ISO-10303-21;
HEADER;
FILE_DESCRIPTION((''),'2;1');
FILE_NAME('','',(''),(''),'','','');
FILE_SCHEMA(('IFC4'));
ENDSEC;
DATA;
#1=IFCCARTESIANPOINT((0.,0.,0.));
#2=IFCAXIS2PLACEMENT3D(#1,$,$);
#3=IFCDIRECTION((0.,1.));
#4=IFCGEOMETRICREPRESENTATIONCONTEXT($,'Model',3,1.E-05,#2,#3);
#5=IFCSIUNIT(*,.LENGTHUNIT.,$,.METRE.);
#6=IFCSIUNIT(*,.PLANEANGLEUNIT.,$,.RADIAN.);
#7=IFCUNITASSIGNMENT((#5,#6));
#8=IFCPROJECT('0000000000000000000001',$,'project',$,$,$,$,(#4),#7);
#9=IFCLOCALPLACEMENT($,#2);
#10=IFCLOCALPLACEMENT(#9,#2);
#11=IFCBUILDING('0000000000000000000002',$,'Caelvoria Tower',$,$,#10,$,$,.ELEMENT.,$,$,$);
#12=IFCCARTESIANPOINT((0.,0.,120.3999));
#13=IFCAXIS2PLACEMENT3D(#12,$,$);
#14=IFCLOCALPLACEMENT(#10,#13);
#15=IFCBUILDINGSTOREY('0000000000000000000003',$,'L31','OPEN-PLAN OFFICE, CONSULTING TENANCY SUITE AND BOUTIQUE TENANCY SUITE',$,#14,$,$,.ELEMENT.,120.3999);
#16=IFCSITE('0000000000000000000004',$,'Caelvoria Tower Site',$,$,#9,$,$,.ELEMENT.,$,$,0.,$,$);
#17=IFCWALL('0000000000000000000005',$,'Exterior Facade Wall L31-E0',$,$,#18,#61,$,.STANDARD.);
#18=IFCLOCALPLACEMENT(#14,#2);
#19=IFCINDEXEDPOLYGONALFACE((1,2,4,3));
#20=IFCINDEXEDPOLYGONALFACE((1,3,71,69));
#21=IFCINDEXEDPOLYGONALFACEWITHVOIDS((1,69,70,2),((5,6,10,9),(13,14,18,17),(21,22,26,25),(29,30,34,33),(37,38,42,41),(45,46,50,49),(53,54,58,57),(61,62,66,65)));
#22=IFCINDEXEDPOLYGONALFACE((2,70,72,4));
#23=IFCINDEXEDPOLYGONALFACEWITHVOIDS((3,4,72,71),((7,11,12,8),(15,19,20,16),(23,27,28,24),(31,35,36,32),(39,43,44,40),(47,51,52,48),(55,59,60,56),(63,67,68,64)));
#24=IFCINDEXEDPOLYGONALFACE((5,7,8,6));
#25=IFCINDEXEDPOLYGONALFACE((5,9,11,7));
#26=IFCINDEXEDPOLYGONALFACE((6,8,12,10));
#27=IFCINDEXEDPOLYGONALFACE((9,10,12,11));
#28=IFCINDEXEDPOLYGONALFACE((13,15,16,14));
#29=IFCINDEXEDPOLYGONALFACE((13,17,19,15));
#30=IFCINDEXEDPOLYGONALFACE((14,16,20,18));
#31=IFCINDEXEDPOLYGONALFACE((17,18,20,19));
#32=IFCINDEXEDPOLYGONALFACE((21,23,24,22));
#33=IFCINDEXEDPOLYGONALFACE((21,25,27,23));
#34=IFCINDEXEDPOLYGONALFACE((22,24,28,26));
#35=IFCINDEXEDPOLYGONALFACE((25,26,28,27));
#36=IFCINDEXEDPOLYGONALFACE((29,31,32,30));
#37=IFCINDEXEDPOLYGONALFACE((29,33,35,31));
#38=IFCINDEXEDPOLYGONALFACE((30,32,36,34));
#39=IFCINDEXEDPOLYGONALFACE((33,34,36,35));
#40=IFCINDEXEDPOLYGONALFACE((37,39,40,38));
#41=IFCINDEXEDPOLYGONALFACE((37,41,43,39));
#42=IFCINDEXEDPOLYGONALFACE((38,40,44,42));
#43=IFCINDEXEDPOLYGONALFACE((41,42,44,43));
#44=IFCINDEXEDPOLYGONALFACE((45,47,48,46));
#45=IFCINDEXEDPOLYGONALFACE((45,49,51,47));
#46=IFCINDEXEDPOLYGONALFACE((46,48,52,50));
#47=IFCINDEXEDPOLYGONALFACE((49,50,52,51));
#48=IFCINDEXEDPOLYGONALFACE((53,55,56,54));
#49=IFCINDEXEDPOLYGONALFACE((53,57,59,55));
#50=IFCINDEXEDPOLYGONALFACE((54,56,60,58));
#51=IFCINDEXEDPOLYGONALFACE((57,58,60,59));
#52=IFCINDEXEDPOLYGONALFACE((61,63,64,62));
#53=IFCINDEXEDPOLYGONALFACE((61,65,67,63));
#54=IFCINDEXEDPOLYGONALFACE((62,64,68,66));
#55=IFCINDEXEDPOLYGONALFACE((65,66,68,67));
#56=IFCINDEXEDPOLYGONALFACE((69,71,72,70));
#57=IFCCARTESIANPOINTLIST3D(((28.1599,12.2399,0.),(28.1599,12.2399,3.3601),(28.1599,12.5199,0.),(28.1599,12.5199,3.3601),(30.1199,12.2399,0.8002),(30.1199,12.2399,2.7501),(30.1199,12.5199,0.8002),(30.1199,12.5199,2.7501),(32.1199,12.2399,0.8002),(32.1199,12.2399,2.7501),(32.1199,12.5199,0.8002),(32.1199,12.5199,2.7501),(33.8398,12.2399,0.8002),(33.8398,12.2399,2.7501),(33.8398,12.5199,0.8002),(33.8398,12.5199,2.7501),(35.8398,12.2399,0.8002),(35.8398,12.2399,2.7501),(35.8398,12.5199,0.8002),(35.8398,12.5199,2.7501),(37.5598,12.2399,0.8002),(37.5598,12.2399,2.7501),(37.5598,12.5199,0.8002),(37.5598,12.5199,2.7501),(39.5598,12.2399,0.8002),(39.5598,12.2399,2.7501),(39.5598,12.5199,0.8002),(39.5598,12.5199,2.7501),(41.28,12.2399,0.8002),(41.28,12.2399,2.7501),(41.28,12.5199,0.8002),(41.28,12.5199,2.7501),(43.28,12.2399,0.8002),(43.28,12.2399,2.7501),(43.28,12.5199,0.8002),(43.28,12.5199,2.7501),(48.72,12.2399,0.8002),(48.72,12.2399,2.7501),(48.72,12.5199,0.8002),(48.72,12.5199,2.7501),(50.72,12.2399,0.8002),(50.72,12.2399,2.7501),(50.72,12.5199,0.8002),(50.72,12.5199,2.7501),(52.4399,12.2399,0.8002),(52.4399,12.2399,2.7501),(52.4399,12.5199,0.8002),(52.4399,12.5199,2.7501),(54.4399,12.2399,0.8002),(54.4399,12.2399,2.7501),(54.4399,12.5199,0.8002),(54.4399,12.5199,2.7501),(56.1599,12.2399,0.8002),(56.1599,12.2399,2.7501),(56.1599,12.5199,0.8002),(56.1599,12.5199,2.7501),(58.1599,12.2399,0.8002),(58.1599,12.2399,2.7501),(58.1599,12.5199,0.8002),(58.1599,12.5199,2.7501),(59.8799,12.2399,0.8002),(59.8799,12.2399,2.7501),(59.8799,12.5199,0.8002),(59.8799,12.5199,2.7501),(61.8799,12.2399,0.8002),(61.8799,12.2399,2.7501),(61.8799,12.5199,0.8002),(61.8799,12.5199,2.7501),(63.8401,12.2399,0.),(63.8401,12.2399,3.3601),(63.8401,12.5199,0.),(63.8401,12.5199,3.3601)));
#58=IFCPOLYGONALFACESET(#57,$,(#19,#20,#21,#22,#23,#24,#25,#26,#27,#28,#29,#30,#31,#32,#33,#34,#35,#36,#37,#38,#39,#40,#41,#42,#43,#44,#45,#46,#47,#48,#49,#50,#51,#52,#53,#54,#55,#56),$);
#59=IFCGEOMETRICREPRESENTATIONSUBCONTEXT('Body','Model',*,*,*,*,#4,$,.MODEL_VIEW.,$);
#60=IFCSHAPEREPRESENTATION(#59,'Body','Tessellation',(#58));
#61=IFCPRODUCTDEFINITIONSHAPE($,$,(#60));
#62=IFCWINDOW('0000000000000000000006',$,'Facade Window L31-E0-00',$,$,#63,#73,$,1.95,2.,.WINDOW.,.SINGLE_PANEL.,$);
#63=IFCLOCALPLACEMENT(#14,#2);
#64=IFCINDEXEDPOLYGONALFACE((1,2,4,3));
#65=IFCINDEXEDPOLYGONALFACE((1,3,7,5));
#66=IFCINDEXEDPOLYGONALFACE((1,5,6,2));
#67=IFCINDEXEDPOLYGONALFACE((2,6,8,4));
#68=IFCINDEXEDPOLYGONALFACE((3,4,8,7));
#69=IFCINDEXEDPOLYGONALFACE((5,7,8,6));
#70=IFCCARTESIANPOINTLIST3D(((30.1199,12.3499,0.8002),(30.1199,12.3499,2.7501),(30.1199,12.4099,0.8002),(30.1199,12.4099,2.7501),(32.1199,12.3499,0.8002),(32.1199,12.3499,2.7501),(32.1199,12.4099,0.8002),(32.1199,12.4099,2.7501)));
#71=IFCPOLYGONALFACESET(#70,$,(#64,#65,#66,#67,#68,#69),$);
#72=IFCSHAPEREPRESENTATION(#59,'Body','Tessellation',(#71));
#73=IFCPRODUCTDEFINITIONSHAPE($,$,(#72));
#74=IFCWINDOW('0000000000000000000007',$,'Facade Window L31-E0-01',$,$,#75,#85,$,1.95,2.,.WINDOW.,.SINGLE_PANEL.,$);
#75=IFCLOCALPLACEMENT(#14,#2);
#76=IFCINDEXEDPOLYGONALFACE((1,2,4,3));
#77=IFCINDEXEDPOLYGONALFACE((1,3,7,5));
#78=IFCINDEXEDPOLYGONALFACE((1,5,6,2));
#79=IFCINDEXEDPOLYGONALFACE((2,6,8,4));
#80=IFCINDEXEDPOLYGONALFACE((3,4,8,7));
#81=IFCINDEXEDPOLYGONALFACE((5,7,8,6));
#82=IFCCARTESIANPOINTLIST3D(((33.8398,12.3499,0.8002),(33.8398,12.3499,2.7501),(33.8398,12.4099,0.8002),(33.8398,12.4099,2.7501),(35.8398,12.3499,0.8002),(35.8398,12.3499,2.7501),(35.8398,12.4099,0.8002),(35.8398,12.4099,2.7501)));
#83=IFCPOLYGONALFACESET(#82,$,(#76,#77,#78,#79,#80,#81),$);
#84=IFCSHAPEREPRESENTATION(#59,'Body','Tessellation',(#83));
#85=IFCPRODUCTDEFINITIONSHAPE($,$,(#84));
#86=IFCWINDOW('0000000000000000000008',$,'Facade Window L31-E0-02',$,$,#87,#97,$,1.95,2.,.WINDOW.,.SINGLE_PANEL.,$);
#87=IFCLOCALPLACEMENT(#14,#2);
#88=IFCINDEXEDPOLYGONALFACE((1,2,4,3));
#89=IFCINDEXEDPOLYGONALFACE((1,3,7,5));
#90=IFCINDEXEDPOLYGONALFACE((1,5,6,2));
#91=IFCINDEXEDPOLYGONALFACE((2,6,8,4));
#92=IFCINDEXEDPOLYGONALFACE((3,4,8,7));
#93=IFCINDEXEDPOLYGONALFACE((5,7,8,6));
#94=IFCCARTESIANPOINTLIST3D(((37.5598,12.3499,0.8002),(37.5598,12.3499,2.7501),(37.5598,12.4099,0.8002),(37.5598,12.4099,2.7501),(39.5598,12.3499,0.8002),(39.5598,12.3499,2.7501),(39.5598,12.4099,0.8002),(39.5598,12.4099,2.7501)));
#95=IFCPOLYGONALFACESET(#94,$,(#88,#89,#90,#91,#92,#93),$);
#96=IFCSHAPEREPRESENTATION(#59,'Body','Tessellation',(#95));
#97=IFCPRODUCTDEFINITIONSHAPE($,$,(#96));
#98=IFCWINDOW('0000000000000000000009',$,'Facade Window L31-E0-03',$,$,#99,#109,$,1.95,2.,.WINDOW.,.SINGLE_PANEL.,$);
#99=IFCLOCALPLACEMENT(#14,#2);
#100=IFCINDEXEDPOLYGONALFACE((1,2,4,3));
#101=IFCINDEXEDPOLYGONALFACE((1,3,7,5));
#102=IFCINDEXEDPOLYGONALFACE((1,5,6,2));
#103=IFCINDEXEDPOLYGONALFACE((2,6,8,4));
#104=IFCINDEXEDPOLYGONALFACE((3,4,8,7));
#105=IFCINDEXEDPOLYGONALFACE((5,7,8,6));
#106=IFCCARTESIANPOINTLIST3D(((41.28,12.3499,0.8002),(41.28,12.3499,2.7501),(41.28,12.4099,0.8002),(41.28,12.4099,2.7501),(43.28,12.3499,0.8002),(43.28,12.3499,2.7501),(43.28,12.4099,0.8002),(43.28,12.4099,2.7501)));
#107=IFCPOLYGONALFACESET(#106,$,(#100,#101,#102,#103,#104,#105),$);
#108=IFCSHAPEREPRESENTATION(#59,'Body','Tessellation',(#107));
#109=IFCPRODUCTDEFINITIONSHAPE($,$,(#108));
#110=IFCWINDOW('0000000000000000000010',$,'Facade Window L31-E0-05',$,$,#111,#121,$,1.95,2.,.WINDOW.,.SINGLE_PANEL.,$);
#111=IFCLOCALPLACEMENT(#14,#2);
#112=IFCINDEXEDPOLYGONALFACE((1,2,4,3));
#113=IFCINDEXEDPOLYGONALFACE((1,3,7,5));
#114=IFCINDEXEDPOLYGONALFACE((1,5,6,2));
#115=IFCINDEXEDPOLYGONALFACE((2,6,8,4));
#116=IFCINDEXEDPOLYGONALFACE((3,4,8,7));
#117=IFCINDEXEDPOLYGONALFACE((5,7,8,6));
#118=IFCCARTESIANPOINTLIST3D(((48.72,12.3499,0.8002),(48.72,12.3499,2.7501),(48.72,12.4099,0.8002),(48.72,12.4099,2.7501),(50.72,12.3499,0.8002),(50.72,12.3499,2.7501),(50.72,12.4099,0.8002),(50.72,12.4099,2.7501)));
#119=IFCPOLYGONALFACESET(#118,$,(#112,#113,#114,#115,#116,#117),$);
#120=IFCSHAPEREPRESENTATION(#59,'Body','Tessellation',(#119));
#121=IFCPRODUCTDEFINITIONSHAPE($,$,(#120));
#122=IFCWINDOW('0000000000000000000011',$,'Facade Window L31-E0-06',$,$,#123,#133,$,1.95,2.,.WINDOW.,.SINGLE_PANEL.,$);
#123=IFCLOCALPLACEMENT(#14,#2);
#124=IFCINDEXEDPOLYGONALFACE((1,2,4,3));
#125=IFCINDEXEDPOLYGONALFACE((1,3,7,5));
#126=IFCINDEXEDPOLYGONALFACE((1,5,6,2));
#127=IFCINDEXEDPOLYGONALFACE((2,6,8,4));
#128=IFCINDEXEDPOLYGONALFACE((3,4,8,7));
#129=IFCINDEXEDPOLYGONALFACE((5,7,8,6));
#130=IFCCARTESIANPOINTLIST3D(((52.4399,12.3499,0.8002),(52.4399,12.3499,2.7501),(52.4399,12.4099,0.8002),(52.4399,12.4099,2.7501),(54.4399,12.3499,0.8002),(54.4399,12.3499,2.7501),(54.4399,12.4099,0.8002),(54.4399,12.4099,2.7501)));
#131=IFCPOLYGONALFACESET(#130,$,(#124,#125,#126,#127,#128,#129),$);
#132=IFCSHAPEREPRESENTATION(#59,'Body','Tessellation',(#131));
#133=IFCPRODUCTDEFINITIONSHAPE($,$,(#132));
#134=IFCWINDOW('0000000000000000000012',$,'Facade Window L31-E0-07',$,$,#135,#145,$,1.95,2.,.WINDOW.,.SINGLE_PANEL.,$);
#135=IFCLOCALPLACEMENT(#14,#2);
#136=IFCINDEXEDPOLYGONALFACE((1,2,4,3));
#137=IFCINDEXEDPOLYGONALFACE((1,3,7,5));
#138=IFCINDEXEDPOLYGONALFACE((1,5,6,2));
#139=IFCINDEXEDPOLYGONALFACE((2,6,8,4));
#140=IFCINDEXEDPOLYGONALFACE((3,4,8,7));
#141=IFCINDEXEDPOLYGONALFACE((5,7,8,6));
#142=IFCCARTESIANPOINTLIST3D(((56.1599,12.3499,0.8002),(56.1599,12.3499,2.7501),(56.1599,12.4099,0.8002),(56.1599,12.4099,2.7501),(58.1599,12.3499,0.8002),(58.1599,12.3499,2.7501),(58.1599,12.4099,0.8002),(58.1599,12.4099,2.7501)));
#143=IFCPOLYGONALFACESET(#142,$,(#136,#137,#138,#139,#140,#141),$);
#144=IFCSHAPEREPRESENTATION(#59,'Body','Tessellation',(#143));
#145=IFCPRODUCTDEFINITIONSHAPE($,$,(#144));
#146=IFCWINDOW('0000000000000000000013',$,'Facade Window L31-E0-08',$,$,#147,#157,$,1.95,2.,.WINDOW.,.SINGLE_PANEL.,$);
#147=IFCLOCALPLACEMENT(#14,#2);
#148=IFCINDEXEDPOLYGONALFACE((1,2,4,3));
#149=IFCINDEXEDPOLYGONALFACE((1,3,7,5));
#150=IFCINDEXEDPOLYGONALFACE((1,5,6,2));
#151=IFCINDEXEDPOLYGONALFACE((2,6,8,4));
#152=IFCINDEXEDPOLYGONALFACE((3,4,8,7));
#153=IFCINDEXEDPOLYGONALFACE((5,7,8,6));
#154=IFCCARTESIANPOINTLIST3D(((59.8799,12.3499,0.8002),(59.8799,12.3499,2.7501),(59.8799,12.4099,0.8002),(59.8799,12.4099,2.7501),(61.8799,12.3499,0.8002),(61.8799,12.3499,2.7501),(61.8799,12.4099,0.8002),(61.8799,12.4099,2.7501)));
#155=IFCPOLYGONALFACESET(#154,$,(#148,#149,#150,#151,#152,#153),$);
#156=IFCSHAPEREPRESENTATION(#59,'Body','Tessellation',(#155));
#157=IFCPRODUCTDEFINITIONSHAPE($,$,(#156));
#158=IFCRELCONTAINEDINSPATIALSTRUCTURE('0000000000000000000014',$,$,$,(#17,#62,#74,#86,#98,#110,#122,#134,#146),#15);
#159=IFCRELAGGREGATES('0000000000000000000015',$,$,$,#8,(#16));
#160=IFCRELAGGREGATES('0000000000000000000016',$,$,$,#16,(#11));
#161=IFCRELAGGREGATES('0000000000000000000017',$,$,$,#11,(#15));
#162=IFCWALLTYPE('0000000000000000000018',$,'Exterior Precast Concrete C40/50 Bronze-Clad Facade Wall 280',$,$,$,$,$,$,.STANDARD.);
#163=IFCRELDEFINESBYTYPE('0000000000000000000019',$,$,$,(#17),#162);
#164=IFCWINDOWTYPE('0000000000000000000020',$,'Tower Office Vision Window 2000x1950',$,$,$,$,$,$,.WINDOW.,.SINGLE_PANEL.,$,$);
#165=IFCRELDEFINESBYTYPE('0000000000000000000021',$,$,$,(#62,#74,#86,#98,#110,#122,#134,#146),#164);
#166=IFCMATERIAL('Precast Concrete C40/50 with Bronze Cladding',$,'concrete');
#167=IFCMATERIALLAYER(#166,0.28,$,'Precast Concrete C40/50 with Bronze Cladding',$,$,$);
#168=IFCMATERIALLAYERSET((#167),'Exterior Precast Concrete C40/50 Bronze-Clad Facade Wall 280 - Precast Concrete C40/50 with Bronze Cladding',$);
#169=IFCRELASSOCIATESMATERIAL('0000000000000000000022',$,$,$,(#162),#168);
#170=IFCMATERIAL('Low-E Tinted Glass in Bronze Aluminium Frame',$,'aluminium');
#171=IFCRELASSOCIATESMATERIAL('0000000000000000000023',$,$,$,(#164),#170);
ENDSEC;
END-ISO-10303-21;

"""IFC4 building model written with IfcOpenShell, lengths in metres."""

from ifc_helpers import new_model, si_unit, direction, frame, frame_2d, origin, place, context, subcontext, project, spatial, rectangle, extrude, material, layer, layer_set, type_object, element, fill, save


model = new_model("IFC4")

# Units and contexts
model_context = context("Model", 3, precision=1e-05, world=origin(), true_north=direction((0.0, 1.0)))
body_context = subcontext(model_context, "Body", "Model", "MODEL_VIEW")
ifc_project = project(units=[si_unit("LENGTHUNIT", "METRE"), si_unit("PLANEANGLEUNIT", "RADIAN")], contexts=[model_context])

# Site, building, storey
site_placement = place(None, origin())
site = spatial("IfcSite", under=ifc_project, at=site_placement, Name="Caelvoria Tower Site", CompositionType="ELEMENT", RefElevation=0.0)
building_placement = place(site_placement, origin())
building = spatial("IfcBuilding", under=site, at=building_placement, Name="Caelvoria Tower", CompositionType="ELEMENT")
storey_placement = place(building_placement, frame((0.0, 0.0, 120.3999)))
storey = spatial("IfcBuildingStorey", under=building, at=storey_placement, Name="L31", Description="OPEN-PLAN OFFICE, CONSULTING TENANCY SUITE AND BOUTIQUE TENANCY SUITE", CompositionType="ELEMENT", Elevation=120.3999)

# Wall, openings, windows
ifc_material_1 = material(Name="Precast Concrete C40/50 with Bronze Cladding", Category="concrete")
ifc_layer_1 = layer(ifc_material_1, 0.28, Name="Precast Concrete C40/50 with Bronze Cladding")
ifc_layer_set_1 = layer_set([ifc_layer_1], Name="Exterior Precast Concrete C40/50 Bronze-Clad Facade Wall 280 - Precast Concrete C40/50 with Bronze Cladding")
wall_type = type_object("IfcWallType", Name="Exterior Precast Concrete C40/50 Bronze-Clad Facade Wall 280", PredefinedType="STANDARD", material=ifc_layer_set_1)
wall_1_placement = place(storey_placement, frame((28.1599, 12.3799, 0.0), z_axis=(0.0, 0.0, 1.0), x_axis=(1.0, 0.0, 0.0)))
wall_1 = element("IfcWall", 1, at=wall_1_placement, inside=storey, type_object=wall_type, Name="Exterior Facade Wall L31-E0", PredefinedType="STANDARD", context=body_context, shape_type="SweptSolid", body=[
    extrude(rectangle(XDim=35.6802, YDim=0.28, at=frame_2d((17.8401, 0.0))), origin(), (0.0, 0.0, 1.0), 3.3601),
])
opening_1_placement = place(wall_1_placement, frame((1.96, 0.0, 0.8)))
opening_1 = element("IfcOpeningElement", 2, at=opening_1_placement, cuts=wall_1, PredefinedType="OPENING", context=body_context, shape_type="SweptSolid", body=[
    extrude(rectangle(XDim=2.0, YDim=1.95, at=frame_2d((1.0, 0.9751))), frame((0.0, 0.1499, 0.0), z_axis=(0.0, -1.0, 0.0), x_axis=(1.0, 0.0, 0.0)), (0.0, 0.0, 1.0), 0.3),
])
opening_2_placement = place(wall_1_placement, frame((5.6799, 0.0, 0.8)))
opening_2 = element("IfcOpeningElement", 3, at=opening_2_placement, cuts=wall_1, PredefinedType="OPENING", context=body_context, shape_type="SweptSolid", body=[
    extrude(rectangle(XDim=2.0, YDim=1.95, at=frame_2d((1.0, 0.9751))), frame((0.0, 0.1499, 0.0), z_axis=(0.0, -1.0, 0.0), x_axis=(1.0, 0.0, 0.0)), (0.0, 0.0, 1.0), 0.3),
])
opening_3_placement = place(wall_1_placement, frame((9.3999, 0.0, 0.8)))
opening_3 = element("IfcOpeningElement", 4, at=opening_3_placement, cuts=wall_1, PredefinedType="OPENING", context=body_context, shape_type="SweptSolid", body=[
    extrude(rectangle(XDim=2.0, YDim=1.95, at=frame_2d((1.0, 0.9751))), frame((0.0, 0.1499, 0.0), z_axis=(0.0, -1.0, 0.0), x_axis=(1.0, 0.0, 0.0)), (0.0, 0.0, 1.0), 0.3),
])
opening_4_placement = place(wall_1_placement, frame((13.1201, 0.0, 0.8)))
opening_4 = element("IfcOpeningElement", 5, at=opening_4_placement, cuts=wall_1, PredefinedType="OPENING", context=body_context, shape_type="SweptSolid", body=[
    extrude(rectangle(XDim=2.0, YDim=1.95, at=frame_2d((1.0, 0.9751))), frame((0.0, 0.1499, 0.0), z_axis=(0.0, -1.0, 0.0), x_axis=(1.0, 0.0, 0.0)), (0.0, 0.0, 1.0), 0.3),
])
opening_5_placement = place(wall_1_placement, frame((20.5601, 0.0, 0.8)))
opening_5 = element("IfcOpeningElement", 6, at=opening_5_placement, cuts=wall_1, PredefinedType="OPENING", context=body_context, shape_type="SweptSolid", body=[
    extrude(rectangle(XDim=2.0, YDim=1.95, at=frame_2d((1.0, 0.9751))), frame((0.0, 0.1499, 0.0), z_axis=(0.0, -1.0, 0.0), x_axis=(1.0, 0.0, 0.0)), (0.0, 0.0, 1.0), 0.3),
])
opening_6_placement = place(wall_1_placement, frame((24.28, 0.0, 0.8)))
opening_6 = element("IfcOpeningElement", 7, at=opening_6_placement, cuts=wall_1, PredefinedType="OPENING", context=body_context, shape_type="SweptSolid", body=[
    extrude(rectangle(XDim=2.0, YDim=1.95, at=frame_2d((1.0, 0.9751))), frame((0.0, 0.1499, 0.0), z_axis=(0.0, -1.0, 0.0), x_axis=(1.0, 0.0, 0.0)), (0.0, 0.0, 1.0), 0.3),
])
opening_7_placement = place(wall_1_placement, frame((28.0, 0.0, 0.8)))
opening_7 = element("IfcOpeningElement", 8, at=opening_7_placement, cuts=wall_1, PredefinedType="OPENING", context=body_context, shape_type="SweptSolid", body=[
    extrude(rectangle(XDim=2.0, YDim=1.95, at=frame_2d((1.0, 0.9751))), frame((0.0, 0.1499, 0.0), z_axis=(0.0, -1.0, 0.0), x_axis=(1.0, 0.0, 0.0)), (0.0, 0.0, 1.0), 0.3),
])
opening_8_placement = place(wall_1_placement, frame((31.72, 0.0, 0.8)))
opening_8 = element("IfcOpeningElement", 9, at=opening_8_placement, cuts=wall_1, PredefinedType="OPENING", context=body_context, shape_type="SweptSolid", body=[
    extrude(rectangle(XDim=2.0, YDim=1.95, at=frame_2d((1.0, 0.9751))), frame((0.0, 0.1499, 0.0), z_axis=(0.0, -1.0, 0.0), x_axis=(1.0, 0.0, 0.0)), (0.0, 0.0, 1.0), 0.3),
])
ifc_material_2 = material(Name="Low-E Tinted Glass in Bronze Aluminium Frame", Category="aluminium")
window_type = type_object("IfcWindowType", Name="Tower Office Vision Window 2000x1950", PartitioningType="SINGLE_PANEL", PredefinedType="WINDOW", material=ifc_material_2)
window_1_placement = place(opening_1_placement, origin())
window_1 = element("IfcWindow", 10, at=window_1_placement, inside=storey, type_object=window_type, Name="Facade Window L31-E0-00", OverallHeight=1.95, OverallWidth=2.0, PartitioningType="SINGLE_PANEL", PredefinedType="WINDOW", context=body_context, shape_type="SweptSolid", body=[
    extrude(rectangle(XDim=2.0, YDim=1.95, at=frame_2d((1.0, 0.9751))), frame((0.0, 0.03, 0.0), z_axis=(0.0, -1.0, 0.0), x_axis=(1.0, 0.0, 0.0)), (0.0, 0.0, 1.0), 0.0601),
])
fill(opening_1, window_1)
window_2_placement = place(opening_2_placement, origin())
window_2 = element("IfcWindow", 11, at=window_2_placement, inside=storey, type_object=window_type, Name="Facade Window L31-E0-01", OverallHeight=1.95, OverallWidth=2.0, PartitioningType="SINGLE_PANEL", PredefinedType="WINDOW", context=body_context, shape_type="SweptSolid", body=[
    extrude(rectangle(XDim=2.0, YDim=1.95, at=frame_2d((1.0, 0.9751))), frame((0.0, 0.03, 0.0), z_axis=(0.0, -1.0, 0.0), x_axis=(1.0, 0.0, 0.0)), (0.0, 0.0, 1.0), 0.0601),
])
fill(opening_2, window_2)
window_3_placement = place(opening_3_placement, origin())
window_3 = element("IfcWindow", 12, at=window_3_placement, inside=storey, type_object=window_type, Name="Facade Window L31-E0-02", OverallHeight=1.95, OverallWidth=2.0, PartitioningType="SINGLE_PANEL", PredefinedType="WINDOW", context=body_context, shape_type="SweptSolid", body=[
    extrude(rectangle(XDim=2.0, YDim=1.95, at=frame_2d((1.0, 0.9751))), frame((0.0, 0.03, 0.0), z_axis=(0.0, -1.0, 0.0), x_axis=(1.0, 0.0, 0.0)), (0.0, 0.0, 1.0), 0.0601),
])
fill(opening_3, window_3)
window_4_placement = place(opening_4_placement, origin())
window_4 = element("IfcWindow", 13, at=window_4_placement, inside=storey, type_object=window_type, Name="Facade Window L31-E0-03", OverallHeight=1.95, OverallWidth=2.0, PartitioningType="SINGLE_PANEL", PredefinedType="WINDOW", context=body_context, shape_type="SweptSolid", body=[
    extrude(rectangle(XDim=2.0, YDim=1.95, at=frame_2d((1.0, 0.9751))), frame((0.0, 0.03, 0.0), z_axis=(0.0, -1.0, 0.0), x_axis=(1.0, 0.0, 0.0)), (0.0, 0.0, 1.0), 0.0601),
])
fill(opening_4, window_4)
window_5_placement = place(opening_5_placement, origin())
window_5 = element("IfcWindow", 14, at=window_5_placement, inside=storey, type_object=window_type, Name="Facade Window L31-E0-05", OverallHeight=1.95, OverallWidth=2.0, PartitioningType="SINGLE_PANEL", PredefinedType="WINDOW", context=body_context, shape_type="SweptSolid", body=[
    extrude(rectangle(XDim=2.0, YDim=1.95, at=frame_2d((1.0, 0.9751))), frame((0.0, 0.03, 0.0), z_axis=(0.0, -1.0, 0.0), x_axis=(1.0, 0.0, 0.0)), (0.0, 0.0, 1.0), 0.0601),
])
fill(opening_5, window_5)
window_6_placement = place(opening_6_placement, origin())
window_6 = element("IfcWindow", 15, at=window_6_placement, inside=storey, type_object=window_type, Name="Facade Window L31-E0-06", OverallHeight=1.95, OverallWidth=2.0, PartitioningType="SINGLE_PANEL", PredefinedType="WINDOW", context=body_context, shape_type="SweptSolid", body=[
    extrude(rectangle(XDim=2.0, YDim=1.95, at=frame_2d((1.0, 0.9751))), frame((0.0, 0.03, 0.0), z_axis=(0.0, -1.0, 0.0), x_axis=(1.0, 0.0, 0.0)), (0.0, 0.0, 1.0), 0.0601),
])
fill(opening_6, window_6)
window_7_placement = place(opening_7_placement, origin())
window_7 = element("IfcWindow", 16, at=window_7_placement, inside=storey, type_object=window_type, Name="Facade Window L31-E0-07", OverallHeight=1.95, OverallWidth=2.0, PartitioningType="SINGLE_PANEL", PredefinedType="WINDOW", context=body_context, shape_type="SweptSolid", body=[
    extrude(rectangle(XDim=2.0, YDim=1.95, at=frame_2d((1.0, 0.9751))), frame((0.0, 0.03, 0.0), z_axis=(0.0, -1.0, 0.0), x_axis=(1.0, 0.0, 0.0)), (0.0, 0.0, 1.0), 0.0601),
])
fill(opening_7, window_7)
window_8_placement = place(opening_8_placement, origin())
window_8 = element("IfcWindow", 17, at=window_8_placement, inside=storey, type_object=window_type, Name="Facade Window L31-E0-08", OverallHeight=1.95, OverallWidth=2.0, PartitioningType="SINGLE_PANEL", PredefinedType="WINDOW", context=body_context, shape_type="SweptSolid", body=[
    extrude(rectangle(XDim=2.0, YDim=1.95, at=frame_2d((1.0, 0.9751))), frame((0.0, 0.03, 0.0), z_axis=(0.0, -1.0, 0.0), x_axis=(1.0, 0.0, 0.0)), (0.0, 0.0, 1.0), 0.0601),
])
fill(opening_8, window_8)

save(model, "model.ifc")
